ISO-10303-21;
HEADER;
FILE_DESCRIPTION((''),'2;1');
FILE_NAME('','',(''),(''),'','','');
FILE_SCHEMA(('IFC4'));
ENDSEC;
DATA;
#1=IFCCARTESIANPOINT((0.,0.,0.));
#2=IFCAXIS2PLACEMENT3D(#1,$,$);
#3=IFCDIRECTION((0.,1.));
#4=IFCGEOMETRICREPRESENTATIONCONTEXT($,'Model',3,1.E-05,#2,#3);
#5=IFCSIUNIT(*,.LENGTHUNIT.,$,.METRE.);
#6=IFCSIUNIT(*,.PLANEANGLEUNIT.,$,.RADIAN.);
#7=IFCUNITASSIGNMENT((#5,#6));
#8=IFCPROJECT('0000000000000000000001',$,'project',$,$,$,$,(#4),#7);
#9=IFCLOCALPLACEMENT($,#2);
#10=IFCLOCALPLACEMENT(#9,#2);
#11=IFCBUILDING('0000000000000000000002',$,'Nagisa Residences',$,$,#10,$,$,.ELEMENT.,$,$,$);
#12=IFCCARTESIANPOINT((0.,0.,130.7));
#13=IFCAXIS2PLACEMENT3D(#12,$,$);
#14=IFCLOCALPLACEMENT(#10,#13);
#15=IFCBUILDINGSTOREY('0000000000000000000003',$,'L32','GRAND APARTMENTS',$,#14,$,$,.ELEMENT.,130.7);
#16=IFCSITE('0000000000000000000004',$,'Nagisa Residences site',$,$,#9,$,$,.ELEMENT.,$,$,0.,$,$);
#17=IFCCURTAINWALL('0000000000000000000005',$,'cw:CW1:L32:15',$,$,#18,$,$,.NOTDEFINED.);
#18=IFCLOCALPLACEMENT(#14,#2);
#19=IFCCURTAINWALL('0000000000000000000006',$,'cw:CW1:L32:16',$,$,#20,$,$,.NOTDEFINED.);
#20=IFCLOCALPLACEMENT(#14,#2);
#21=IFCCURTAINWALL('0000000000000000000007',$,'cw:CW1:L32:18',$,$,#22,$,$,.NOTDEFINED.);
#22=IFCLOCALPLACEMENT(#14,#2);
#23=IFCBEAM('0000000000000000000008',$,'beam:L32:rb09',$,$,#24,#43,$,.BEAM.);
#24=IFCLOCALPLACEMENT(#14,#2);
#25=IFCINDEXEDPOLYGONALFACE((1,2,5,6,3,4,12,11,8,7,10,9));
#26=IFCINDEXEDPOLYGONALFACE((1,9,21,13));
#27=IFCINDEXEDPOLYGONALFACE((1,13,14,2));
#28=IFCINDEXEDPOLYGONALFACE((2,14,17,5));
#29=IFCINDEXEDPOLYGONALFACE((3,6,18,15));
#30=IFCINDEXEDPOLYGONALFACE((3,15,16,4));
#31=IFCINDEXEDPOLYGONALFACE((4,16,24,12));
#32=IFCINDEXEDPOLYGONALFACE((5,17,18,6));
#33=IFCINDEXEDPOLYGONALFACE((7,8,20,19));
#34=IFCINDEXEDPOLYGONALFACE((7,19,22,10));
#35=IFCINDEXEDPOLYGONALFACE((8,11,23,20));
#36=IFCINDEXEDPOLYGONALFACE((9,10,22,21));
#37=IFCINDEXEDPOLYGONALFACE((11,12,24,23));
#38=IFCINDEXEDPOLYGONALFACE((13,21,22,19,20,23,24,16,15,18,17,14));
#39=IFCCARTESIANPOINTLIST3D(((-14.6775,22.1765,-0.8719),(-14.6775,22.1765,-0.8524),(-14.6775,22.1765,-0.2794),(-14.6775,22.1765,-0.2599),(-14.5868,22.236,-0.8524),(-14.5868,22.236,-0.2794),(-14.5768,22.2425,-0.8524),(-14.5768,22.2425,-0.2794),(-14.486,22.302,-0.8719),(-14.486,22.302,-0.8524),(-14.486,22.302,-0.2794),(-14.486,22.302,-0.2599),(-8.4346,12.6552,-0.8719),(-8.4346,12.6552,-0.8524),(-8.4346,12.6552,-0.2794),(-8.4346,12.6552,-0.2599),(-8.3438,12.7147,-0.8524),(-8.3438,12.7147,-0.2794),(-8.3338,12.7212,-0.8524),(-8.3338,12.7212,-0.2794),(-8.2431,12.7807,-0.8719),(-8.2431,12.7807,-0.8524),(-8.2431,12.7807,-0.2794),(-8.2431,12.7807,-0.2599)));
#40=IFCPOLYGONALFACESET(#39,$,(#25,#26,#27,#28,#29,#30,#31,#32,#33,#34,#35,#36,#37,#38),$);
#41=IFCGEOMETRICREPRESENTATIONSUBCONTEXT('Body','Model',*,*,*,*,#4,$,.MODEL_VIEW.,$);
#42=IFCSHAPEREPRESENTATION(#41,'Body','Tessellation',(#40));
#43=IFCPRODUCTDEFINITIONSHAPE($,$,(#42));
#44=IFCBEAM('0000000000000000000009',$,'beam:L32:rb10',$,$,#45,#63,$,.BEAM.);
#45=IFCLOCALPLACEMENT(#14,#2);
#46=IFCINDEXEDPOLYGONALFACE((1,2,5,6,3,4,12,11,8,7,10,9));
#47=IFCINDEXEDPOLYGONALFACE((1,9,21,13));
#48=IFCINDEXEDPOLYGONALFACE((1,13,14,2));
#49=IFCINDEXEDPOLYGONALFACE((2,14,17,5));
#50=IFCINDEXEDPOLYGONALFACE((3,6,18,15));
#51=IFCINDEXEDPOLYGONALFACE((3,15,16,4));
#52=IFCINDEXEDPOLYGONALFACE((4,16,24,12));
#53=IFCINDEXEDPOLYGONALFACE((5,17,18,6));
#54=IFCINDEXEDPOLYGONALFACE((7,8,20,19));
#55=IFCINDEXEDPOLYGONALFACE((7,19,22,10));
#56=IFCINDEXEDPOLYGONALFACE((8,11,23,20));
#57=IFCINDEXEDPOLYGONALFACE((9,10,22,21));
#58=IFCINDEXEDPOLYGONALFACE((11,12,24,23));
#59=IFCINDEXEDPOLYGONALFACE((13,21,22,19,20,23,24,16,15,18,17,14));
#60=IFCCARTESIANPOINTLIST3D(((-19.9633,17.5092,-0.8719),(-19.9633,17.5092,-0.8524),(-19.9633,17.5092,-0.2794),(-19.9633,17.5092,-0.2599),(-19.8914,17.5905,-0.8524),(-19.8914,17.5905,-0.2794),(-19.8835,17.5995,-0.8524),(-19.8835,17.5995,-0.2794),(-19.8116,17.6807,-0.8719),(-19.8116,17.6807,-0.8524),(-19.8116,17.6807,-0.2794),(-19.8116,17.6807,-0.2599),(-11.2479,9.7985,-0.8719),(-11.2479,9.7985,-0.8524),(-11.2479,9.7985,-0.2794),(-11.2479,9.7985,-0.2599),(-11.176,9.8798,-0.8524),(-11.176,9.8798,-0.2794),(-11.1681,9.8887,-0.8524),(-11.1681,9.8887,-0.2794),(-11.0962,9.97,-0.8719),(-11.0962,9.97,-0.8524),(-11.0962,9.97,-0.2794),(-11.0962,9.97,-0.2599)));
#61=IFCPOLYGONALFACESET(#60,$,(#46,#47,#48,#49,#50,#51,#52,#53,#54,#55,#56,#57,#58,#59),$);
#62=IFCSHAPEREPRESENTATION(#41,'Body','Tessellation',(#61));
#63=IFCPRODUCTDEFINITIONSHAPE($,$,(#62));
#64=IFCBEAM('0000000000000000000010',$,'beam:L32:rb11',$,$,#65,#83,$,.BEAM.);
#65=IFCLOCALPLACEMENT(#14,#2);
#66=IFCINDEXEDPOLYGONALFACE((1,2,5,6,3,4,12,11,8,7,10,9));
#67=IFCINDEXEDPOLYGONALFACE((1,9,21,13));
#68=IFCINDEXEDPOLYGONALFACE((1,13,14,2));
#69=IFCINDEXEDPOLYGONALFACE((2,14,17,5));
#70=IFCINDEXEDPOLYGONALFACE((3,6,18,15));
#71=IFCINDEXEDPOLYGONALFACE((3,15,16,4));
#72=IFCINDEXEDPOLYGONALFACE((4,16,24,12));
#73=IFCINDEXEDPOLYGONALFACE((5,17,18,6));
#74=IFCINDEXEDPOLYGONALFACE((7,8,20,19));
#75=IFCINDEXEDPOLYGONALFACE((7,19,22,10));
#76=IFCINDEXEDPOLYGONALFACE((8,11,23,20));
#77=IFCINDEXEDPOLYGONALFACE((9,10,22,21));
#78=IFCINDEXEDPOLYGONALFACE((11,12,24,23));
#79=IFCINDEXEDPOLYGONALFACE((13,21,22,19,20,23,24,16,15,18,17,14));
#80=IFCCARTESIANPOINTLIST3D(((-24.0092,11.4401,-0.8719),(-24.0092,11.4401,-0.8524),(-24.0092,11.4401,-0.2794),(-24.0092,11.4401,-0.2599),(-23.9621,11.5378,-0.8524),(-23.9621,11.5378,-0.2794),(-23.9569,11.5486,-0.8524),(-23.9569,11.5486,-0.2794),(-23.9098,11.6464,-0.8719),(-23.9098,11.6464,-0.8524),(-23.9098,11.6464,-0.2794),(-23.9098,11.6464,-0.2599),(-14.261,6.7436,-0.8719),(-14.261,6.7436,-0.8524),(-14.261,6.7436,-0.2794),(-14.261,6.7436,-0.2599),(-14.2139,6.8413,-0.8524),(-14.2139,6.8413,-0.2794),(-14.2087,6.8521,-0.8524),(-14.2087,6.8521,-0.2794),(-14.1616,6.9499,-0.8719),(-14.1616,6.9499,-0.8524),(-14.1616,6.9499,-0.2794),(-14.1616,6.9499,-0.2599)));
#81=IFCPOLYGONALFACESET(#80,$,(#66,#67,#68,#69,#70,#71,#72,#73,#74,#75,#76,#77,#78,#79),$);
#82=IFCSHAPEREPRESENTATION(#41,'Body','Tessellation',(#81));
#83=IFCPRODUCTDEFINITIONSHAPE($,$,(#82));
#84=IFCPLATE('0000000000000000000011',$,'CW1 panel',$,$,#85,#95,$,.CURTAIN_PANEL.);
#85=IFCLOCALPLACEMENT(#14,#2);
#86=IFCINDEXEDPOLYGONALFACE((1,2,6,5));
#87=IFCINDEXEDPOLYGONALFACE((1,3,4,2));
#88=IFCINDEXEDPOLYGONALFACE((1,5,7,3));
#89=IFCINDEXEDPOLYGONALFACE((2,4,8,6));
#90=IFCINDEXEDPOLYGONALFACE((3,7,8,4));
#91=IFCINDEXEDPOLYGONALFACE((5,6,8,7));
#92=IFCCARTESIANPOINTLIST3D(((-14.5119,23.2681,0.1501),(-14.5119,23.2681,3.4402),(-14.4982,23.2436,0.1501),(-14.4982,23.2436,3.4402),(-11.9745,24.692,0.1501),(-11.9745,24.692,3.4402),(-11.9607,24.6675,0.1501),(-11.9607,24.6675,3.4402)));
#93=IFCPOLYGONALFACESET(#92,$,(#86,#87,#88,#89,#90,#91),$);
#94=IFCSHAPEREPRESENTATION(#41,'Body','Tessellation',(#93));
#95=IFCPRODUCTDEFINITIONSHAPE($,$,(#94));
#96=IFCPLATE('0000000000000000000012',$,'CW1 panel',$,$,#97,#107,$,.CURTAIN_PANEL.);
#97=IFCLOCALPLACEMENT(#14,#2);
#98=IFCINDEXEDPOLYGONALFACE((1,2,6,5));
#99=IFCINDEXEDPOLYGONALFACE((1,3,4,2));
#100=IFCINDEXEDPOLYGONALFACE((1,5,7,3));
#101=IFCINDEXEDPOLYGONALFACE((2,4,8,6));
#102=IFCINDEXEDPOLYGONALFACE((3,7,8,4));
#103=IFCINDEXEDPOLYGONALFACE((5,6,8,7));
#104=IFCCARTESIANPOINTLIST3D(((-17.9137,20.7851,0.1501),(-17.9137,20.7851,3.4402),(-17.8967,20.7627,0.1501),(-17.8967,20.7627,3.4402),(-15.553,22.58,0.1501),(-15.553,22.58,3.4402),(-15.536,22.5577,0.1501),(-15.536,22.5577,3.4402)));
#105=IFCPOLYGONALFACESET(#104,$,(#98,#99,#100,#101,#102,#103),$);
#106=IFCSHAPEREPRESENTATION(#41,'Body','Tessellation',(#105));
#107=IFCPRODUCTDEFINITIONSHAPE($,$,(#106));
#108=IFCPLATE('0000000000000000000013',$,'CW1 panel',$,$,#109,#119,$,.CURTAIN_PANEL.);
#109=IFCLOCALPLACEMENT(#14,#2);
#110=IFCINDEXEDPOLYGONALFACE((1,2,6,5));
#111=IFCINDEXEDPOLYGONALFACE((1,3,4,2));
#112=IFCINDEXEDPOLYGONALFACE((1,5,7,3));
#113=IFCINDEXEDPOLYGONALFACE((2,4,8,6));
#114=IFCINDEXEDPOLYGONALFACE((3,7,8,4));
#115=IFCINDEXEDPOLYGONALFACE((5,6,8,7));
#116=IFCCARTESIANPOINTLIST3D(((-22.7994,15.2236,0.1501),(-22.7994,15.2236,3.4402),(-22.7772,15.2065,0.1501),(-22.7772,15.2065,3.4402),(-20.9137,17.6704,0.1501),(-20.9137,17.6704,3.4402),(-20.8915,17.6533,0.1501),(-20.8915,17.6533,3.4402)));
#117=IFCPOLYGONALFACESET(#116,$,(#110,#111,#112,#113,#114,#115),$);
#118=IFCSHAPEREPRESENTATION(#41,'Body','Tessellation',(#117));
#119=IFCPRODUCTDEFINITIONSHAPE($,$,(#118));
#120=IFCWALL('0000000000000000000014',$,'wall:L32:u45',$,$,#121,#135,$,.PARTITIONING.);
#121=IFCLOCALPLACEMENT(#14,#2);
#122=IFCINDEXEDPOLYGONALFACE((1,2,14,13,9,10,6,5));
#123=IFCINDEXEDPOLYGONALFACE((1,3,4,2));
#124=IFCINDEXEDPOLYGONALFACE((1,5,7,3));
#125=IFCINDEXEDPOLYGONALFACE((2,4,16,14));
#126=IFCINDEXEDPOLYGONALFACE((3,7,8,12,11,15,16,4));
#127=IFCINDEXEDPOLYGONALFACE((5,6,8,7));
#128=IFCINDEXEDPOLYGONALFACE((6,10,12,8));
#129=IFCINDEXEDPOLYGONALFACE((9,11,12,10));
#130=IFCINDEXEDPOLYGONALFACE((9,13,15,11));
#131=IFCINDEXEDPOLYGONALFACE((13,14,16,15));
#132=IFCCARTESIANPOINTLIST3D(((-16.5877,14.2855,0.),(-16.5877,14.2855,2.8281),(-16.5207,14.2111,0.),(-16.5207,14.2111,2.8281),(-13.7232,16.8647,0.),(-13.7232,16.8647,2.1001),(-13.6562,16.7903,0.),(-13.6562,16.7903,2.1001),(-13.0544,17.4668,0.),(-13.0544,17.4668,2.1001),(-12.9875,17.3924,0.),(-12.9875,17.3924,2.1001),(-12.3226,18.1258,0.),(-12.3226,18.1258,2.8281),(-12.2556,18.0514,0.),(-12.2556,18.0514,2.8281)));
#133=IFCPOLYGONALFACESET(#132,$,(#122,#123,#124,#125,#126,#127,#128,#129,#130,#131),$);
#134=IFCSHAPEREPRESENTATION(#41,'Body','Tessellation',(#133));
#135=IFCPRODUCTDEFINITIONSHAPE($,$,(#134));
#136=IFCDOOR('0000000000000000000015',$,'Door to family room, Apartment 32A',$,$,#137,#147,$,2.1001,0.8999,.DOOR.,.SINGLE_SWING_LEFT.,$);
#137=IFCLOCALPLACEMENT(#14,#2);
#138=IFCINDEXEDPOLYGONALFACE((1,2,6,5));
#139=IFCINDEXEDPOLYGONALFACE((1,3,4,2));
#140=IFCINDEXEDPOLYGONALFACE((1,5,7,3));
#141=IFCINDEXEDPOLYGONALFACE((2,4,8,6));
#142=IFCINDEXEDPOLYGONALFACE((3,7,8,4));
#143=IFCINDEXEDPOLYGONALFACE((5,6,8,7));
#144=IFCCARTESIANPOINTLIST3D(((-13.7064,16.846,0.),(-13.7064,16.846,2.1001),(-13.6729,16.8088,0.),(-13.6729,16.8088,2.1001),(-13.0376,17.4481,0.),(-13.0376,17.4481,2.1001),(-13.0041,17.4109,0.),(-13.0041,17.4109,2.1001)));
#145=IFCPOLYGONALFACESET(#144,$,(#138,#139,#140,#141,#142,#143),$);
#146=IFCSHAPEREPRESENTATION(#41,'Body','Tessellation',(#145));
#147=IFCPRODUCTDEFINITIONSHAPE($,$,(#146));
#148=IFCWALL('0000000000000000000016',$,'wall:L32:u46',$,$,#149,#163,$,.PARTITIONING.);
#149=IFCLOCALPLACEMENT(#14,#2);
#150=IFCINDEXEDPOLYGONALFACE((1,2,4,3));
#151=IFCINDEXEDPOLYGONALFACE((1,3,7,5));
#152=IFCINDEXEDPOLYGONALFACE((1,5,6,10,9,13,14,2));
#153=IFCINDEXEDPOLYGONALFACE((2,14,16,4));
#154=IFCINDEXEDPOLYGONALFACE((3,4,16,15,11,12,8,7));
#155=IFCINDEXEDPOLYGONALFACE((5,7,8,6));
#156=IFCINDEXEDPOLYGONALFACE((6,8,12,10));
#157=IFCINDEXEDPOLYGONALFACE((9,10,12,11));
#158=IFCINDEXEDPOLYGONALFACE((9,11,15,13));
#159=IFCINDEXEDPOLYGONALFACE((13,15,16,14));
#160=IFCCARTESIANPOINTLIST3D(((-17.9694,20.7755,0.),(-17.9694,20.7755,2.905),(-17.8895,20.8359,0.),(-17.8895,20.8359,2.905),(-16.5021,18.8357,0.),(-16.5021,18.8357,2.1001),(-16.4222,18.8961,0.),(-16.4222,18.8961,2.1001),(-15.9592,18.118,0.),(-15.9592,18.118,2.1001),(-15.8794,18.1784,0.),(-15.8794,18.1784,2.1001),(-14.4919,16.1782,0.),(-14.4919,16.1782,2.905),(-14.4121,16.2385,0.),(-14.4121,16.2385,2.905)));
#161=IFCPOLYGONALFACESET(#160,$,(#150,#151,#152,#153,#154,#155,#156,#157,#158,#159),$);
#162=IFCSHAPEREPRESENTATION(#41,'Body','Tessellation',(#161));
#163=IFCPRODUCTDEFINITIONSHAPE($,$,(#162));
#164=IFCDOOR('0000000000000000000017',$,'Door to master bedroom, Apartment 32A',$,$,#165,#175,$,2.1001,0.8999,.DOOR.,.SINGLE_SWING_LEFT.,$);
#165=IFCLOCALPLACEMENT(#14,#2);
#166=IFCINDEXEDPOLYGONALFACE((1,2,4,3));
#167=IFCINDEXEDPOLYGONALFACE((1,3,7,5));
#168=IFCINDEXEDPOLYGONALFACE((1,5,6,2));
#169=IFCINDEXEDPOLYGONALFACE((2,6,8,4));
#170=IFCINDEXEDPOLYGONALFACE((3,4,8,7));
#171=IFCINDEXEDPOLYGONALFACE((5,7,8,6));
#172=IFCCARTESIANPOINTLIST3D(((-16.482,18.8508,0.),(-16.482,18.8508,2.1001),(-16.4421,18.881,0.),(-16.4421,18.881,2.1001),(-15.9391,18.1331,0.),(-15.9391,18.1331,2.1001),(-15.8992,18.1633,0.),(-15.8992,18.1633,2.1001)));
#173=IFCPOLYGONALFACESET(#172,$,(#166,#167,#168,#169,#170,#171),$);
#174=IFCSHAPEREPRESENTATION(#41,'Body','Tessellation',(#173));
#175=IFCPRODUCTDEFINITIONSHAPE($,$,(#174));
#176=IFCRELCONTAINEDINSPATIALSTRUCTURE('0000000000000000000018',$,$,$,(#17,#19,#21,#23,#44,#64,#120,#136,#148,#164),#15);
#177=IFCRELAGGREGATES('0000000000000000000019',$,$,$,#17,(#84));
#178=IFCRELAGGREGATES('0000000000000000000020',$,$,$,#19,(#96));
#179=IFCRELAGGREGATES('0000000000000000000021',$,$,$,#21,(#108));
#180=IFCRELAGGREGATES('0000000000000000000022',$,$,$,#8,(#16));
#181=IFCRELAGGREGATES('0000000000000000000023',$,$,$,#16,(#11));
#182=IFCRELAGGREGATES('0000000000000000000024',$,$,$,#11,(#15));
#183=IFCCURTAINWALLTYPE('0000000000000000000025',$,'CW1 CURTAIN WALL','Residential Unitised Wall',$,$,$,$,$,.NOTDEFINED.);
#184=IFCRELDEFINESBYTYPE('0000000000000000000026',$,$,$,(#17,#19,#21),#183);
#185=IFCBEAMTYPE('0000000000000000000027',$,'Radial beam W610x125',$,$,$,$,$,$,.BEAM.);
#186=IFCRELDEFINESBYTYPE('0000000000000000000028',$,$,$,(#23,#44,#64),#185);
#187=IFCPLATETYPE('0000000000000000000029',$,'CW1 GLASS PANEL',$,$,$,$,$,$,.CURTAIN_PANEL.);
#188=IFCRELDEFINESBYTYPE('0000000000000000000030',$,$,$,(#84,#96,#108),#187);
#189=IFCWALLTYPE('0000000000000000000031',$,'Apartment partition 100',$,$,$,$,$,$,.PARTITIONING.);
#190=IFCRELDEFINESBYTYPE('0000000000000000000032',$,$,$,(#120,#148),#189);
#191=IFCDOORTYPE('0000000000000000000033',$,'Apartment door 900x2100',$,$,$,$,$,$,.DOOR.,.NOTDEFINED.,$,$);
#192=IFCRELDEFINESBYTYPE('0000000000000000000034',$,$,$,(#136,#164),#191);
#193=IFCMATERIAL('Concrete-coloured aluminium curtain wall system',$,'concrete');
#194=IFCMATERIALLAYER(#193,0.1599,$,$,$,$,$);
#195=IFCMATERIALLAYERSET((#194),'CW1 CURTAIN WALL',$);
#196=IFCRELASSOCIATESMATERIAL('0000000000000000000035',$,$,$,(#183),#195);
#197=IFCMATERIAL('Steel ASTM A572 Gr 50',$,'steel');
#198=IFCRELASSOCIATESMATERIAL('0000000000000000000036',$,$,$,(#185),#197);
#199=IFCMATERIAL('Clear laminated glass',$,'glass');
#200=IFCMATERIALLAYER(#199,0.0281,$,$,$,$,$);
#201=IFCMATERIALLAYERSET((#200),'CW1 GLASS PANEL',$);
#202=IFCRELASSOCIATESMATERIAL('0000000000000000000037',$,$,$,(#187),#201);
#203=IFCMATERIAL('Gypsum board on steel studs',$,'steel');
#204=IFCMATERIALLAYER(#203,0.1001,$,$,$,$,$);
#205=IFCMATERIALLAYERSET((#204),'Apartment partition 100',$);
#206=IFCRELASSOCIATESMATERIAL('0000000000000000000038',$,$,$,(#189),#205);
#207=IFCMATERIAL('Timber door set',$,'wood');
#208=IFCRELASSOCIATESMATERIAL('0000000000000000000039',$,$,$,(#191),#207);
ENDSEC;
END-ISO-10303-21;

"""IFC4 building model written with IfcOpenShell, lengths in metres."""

from ifc_helpers import new_model, si_unit, direction, frame, frame_2d, origin, origin_2d, place, context, subcontext, project, spatial, rectangle, i_section, extrude, material, layer, layer_set, material_profile, profile_set, type_object, element, fill, aggregate, save


model = new_model("IFC4")

# Units and contexts
model_context = context("Model", 3, precision=1e-05, world=origin(), true_north=direction((0.0, 1.0)))
body_context = subcontext(model_context, "Body", "Model", "MODEL_VIEW")
ifc_project = project(units=[si_unit("LENGTHUNIT", "METRE"), si_unit("PLANEANGLEUNIT", "RADIAN")], contexts=[model_context])

# Site, building, storey
site_placement = place(None, origin())
site = spatial("IfcSite", under=ifc_project, at=site_placement, Name="Nagisa Residences site", CompositionType="ELEMENT", RefElevation=0.0)
building_placement = place(site_placement, origin())
building = spatial("IfcBuilding", under=site, at=building_placement, Name="Nagisa Residences", CompositionType="ELEMENT")
storey_placement = place(building_placement, frame((0.0, 0.0, 130.7)))
storey = spatial("IfcBuildingStorey", under=building, at=storey_placement, Name="L32", Description="GRAND APARTMENTS", CompositionType="ELEMENT", Elevation=130.7)

# Curtain walls
ifc_material_1 = material(Name="Concrete-coloured aluminium curtain wall system", Category="concrete")
ifc_layer_1 = layer(ifc_material_1, 0.1599)
ifc_layer_set_1 = layer_set([ifc_layer_1], Name="CW1 CURTAIN WALL")
curtain_wall_type = type_object("IfcCurtainWallType", Name="CW1 CURTAIN WALL", Description="Residential Unitised Wall", PredefinedType="NOTDEFINED", material=ifc_layer_set_1)
curtain_wall_1_placement = place(storey_placement, origin())
curtain_wall_1 = element("IfcCurtainWall", 1, at=curtain_wall_1_placement, inside=storey, type_object=curtain_wall_type, Name="cw:CW1:L32:15", PredefinedType="NOTDEFINED")
curtain_wall_2_placement = place(storey_placement, origin())
curtain_wall_2 = element("IfcCurtainWall", 2, at=curtain_wall_2_placement, inside=storey, type_object=curtain_wall_type, Name="cw:CW1:L32:16", PredefinedType="NOTDEFINED")
curtain_wall_3_placement = place(storey_placement, origin())
curtain_wall_3 = element("IfcCurtainWall", 3, at=curtain_wall_3_placement, inside=storey, type_object=curtain_wall_type, Name="cw:CW1:L32:18", PredefinedType="NOTDEFINED")

# Beams
ifc_material_2 = material(Name="Steel ASTM A572 Gr 50", Category="steel")
ifc_material_profile_1 = material_profile(ifc_material_2, i_section(OverallWidth=0.229, OverallDepth=0.6121, WebThickness=0.012, FlangeThickness=0.0195, at=origin_2d()), Name="W610x125")
ifc_profile_set_1 = profile_set([ifc_material_profile_1], Name="Steel ASTM A572 Gr 50")
beam_type_1 = type_object("IfcBeamType", Name="Radial beam W610x125", PredefinedType="BEAM", material=ifc_profile_set_1)
beam_1_placement = place(storey_placement, frame((-14.5818, 22.2393, -0.5659), z_axis=(0.548325, -0.836265, 0.0), x_axis=(0.836265, 0.548325, 0.0)))
element("IfcBeam", 4, at=beam_1_placement, inside=storey, type_object=beam_type_1, Name="beam:L32:rb09", PredefinedType="BEAM", context=body_context, shape_type="SweptSolid", body=[
    extrude(i_section(OverallWidth=0.229, OverallDepth=0.6121, WebThickness=0.012, FlangeThickness=0.0195, at=origin_2d()), origin(), (0.0, 0.0, 1.0), 11.3855),
])
beam_2_placement = place(storey_placement, frame((-19.8875, 17.595, -0.5659), z_axis=(0.748955, -0.662621, 0.0), x_axis=(0.662621, 0.748955, 0.0)))
element("IfcBeam", 5, at=beam_2_placement, inside=storey, type_object=beam_type_1, Name="beam:L32:rb10", PredefinedType="BEAM", context=body_context, shape_type="SweptSolid", body=[
    extrude(i_section(OverallWidth=0.229, OverallDepth=0.6121, WebThickness=0.012, FlangeThickness=0.0195, at=origin_2d()), origin(), (0.0, 0.0, 1.0), 11.6367),
])
beam_3_placement = place(storey_placement, frame((-23.9595, 11.5432, -0.5659), z_axis=(0.900896, -0.434034, 0.0), x_axis=(0.434034, 0.900896, 0.0)))
element("IfcBeam", 6, at=beam_3_placement, inside=storey, type_object=beam_type_1, Name="beam:L32:rb11", PredefinedType="BEAM", context=body_context, shape_type="SweptSolid", body=[
    extrude(i_section(OverallWidth=0.229, OverallDepth=0.6121, WebThickness=0.012, FlangeThickness=0.0195, at=origin_2d()), origin(), (0.0, 0.0, 1.0), 10.8206),
])

# Plates
ifc_material_3 = material(Name="Clear laminated glass", Category="glass")
ifc_layer_2 = layer(ifc_material_3, 0.0281)
ifc_layer_set_2 = layer_set([ifc_layer_2], Name="CW1 GLASS PANEL")
plate_type = type_object("IfcPlateType", Name="CW1 GLASS PANEL", PredefinedType="CURTAIN_PANEL", material=ifc_layer_set_2)
plate_1_placement = place(storey_placement, frame((-13.2363, 23.9678, 0.1501), z_axis=(0.0, 0.0, 1.0), x_axis=(-0.872072, -0.489377, 0.0)))
plate_1 = element("IfcPlate", 7, at=plate_1_placement, type_object=plate_type, Name="CW1 panel", PredefinedType="CURTAIN_PANEL", context=body_context, shape_type="SweptSolid", body=[
    extrude(rectangle(XDim=2.9097, YDim=0.0281, at=origin_2d()), origin(), (0.0, 0.0, 1.0), 3.29),
])
aggregate(curtain_wall_1, [plate_1])
plate_2_placement = place(storey_placement, frame((-16.7249, 21.6714, 0.1501), z_axis=(0.0, 0.0, 1.0), x_axis=(-0.796031, -0.605255, 0.0)))
plate_2 = element("IfcPlate", 8, at=plate_2_placement, type_object=plate_type, Name="CW1 panel", PredefinedType="CURTAIN_PANEL", context=body_context, shape_type="SweptSolid", body=[
    extrude(rectangle(XDim=2.9656, YDim=0.0281, at=origin_2d()), origin(), (0.0, 0.0, 1.0), 3.29),
])
aggregate(curtain_wall_2, [plate_2])
plate_3_placement = place(storey_placement, frame((-21.8455, 16.4385, 0.1501), z_axis=(0.0, 0.0, 1.0), x_axis=(-0.61043, -0.79207, 0.0)))
plate_3 = element("IfcPlate", 9, at=plate_3_placement, type_object=plate_type, Name="CW1 panel", PredefinedType="CURTAIN_PANEL", context=body_context, shape_type="SweptSolid", body=[
    extrude(rectangle(XDim=3.0891, YDim=0.0281, at=origin_2d()), origin(), (0.0, 0.0, 1.0), 3.29),
])
aggregate(curtain_wall_3, [plate_3])

# Walls, openings, doors
ifc_material_4 = material(Name="Gypsum board on steel studs", Category="steel")
ifc_layer_3 = layer(ifc_material_4, 0.1001)
ifc_layer_set_3 = layer_set([ifc_layer_3], Name="Apartment partition 100")
wall_type_1 = type_object("IfcWallType", Name="Apartment partition 100", PredefinedType="PARTITIONING", material=ifc_layer_set_3)
wall_1_placement = place(storey_placement, frame((-12.2891, 18.0886, 0.0), z_axis=(0.0, 0.0, 1.0), x_axis=(-0.743146, -0.669129, 0.0)))
wall_1 = element("IfcWall", 10, at=wall_1_placement, inside=storey, type_object=wall_type_1, Name="wall:L32:u45", PredefinedType="PARTITIONING", context=body_context, shape_type="SweptSolid", body=[
    extrude(rectangle(XDim=5.7393, YDim=0.1001, at=frame_2d((2.8696, 0.0))), origin(), (0.0, 0.0, 1.0), 2.8281),
])
opening_1_placement = place(wall_1_placement, frame((0.9849, 0.0, 0.0)))
opening_1 = element("IfcOpeningElement", 11, at=opening_1_placement, cuts=wall_1, PredefinedType="OPENING", context=body_context, shape_type="SweptSolid", body=[
    extrude(rectangle(XDim=0.8999, YDim=2.1001, at=frame_2d((0.45, 1.05))), frame((0.0, 0.0601, 0.0), z_axis=(0.0, -1.0, 0.0), x_axis=(1.0, 0.0, 0.0)), (0.0, 0.0, 1.0), 0.1201),
])
ifc_material_5 = material(Name="Timber door set", Category="wood")
door_type_1 = type_object("IfcDoorType", Name="Apartment door 900x2100", OperationType="NOTDEFINED", PredefinedType="DOOR", material=ifc_material_5)
door_1_placement = place(opening_1_placement, frame((0.8999, 0.0, 0.0), x_axis=(-1.0, 0.0, 0.0)))
door_1 = element("IfcDoor", 12, at=door_1_placement, inside=storey, type_object=door_type_1, Name="Door to family room, Apartment 32A", OperationType="SINGLE_SWING_LEFT", OverallHeight=2.1001, OverallWidth=0.8999, PredefinedType="DOOR", context=body_context, shape_type="SweptSolid", body=[
    extrude(rectangle(XDim=0.8999, YDim=2.1001, at=frame_2d((0.45, 1.05))), frame((0.0, 0.0249, 0.0), z_axis=(0.0, -1.0, 0.0), x_axis=(1.0, 0.0, 0.0)), (0.0, 0.0, 1.0), 0.05),
])
fill(opening_1, door_1)
wall_2_placement = place(storey_placement, frame((-14.4519, 16.2083, 0.0), z_axis=(0.0, 0.0, 1.0), x_axis=(-0.603268, 0.797539, 0.0)))
wall_2 = element("IfcWall", 13, at=wall_2_placement, inside=storey, type_object=wall_type_1, Name="wall:L32:u46", PredefinedType="PARTITIONING", context=body_context, shape_type="SweptSolid", body=[
    extrude(rectangle(XDim=5.7644, YDim=0.1001, at=frame_2d((2.8823, 0.0))), origin(), (0.0, 0.0, 1.0), 2.905),
])
opening_2_placement = place(wall_2_placement, frame((2.4324, 0.0, 0.0)))
opening_2 = element("IfcOpeningElement", 14, at=opening_2_placement, cuts=wall_2, PredefinedType="OPENING", context=body_context, shape_type="SweptSolid", body=[
    extrude(rectangle(XDim=0.8999, YDim=2.1001, at=frame_2d((0.45, 1.05))), frame((0.0, 0.0601, 0.0), z_axis=(0.0, -1.0, 0.0), x_axis=(1.0, 0.0, 0.0)), (0.0, 0.0, 1.0), 0.1201),
])
door_2_placement = place(opening_2_placement, origin())
door_2 = element("IfcDoor", 15, at=door_2_placement, inside=storey, type_object=door_type_1, Name="Door to master bedroom, Apartment 32A", OperationType="SINGLE_SWING_LEFT", OverallHeight=2.1001, OverallWidth=0.8999, PredefinedType="DOOR", context=body_context, shape_type="SweptSolid", body=[
    extrude(rectangle(XDim=0.8999, YDim=2.1001, at=frame_2d((0.45, 1.05))), frame((0.0, 0.0249, 0.0), z_axis=(0.0, -1.0, 0.0), x_axis=(1.0, 0.0, 0.0)), (0.0, 0.0, 1.0), 0.05),
])
fill(opening_2, door_2)

save(model, "model.ifc")
